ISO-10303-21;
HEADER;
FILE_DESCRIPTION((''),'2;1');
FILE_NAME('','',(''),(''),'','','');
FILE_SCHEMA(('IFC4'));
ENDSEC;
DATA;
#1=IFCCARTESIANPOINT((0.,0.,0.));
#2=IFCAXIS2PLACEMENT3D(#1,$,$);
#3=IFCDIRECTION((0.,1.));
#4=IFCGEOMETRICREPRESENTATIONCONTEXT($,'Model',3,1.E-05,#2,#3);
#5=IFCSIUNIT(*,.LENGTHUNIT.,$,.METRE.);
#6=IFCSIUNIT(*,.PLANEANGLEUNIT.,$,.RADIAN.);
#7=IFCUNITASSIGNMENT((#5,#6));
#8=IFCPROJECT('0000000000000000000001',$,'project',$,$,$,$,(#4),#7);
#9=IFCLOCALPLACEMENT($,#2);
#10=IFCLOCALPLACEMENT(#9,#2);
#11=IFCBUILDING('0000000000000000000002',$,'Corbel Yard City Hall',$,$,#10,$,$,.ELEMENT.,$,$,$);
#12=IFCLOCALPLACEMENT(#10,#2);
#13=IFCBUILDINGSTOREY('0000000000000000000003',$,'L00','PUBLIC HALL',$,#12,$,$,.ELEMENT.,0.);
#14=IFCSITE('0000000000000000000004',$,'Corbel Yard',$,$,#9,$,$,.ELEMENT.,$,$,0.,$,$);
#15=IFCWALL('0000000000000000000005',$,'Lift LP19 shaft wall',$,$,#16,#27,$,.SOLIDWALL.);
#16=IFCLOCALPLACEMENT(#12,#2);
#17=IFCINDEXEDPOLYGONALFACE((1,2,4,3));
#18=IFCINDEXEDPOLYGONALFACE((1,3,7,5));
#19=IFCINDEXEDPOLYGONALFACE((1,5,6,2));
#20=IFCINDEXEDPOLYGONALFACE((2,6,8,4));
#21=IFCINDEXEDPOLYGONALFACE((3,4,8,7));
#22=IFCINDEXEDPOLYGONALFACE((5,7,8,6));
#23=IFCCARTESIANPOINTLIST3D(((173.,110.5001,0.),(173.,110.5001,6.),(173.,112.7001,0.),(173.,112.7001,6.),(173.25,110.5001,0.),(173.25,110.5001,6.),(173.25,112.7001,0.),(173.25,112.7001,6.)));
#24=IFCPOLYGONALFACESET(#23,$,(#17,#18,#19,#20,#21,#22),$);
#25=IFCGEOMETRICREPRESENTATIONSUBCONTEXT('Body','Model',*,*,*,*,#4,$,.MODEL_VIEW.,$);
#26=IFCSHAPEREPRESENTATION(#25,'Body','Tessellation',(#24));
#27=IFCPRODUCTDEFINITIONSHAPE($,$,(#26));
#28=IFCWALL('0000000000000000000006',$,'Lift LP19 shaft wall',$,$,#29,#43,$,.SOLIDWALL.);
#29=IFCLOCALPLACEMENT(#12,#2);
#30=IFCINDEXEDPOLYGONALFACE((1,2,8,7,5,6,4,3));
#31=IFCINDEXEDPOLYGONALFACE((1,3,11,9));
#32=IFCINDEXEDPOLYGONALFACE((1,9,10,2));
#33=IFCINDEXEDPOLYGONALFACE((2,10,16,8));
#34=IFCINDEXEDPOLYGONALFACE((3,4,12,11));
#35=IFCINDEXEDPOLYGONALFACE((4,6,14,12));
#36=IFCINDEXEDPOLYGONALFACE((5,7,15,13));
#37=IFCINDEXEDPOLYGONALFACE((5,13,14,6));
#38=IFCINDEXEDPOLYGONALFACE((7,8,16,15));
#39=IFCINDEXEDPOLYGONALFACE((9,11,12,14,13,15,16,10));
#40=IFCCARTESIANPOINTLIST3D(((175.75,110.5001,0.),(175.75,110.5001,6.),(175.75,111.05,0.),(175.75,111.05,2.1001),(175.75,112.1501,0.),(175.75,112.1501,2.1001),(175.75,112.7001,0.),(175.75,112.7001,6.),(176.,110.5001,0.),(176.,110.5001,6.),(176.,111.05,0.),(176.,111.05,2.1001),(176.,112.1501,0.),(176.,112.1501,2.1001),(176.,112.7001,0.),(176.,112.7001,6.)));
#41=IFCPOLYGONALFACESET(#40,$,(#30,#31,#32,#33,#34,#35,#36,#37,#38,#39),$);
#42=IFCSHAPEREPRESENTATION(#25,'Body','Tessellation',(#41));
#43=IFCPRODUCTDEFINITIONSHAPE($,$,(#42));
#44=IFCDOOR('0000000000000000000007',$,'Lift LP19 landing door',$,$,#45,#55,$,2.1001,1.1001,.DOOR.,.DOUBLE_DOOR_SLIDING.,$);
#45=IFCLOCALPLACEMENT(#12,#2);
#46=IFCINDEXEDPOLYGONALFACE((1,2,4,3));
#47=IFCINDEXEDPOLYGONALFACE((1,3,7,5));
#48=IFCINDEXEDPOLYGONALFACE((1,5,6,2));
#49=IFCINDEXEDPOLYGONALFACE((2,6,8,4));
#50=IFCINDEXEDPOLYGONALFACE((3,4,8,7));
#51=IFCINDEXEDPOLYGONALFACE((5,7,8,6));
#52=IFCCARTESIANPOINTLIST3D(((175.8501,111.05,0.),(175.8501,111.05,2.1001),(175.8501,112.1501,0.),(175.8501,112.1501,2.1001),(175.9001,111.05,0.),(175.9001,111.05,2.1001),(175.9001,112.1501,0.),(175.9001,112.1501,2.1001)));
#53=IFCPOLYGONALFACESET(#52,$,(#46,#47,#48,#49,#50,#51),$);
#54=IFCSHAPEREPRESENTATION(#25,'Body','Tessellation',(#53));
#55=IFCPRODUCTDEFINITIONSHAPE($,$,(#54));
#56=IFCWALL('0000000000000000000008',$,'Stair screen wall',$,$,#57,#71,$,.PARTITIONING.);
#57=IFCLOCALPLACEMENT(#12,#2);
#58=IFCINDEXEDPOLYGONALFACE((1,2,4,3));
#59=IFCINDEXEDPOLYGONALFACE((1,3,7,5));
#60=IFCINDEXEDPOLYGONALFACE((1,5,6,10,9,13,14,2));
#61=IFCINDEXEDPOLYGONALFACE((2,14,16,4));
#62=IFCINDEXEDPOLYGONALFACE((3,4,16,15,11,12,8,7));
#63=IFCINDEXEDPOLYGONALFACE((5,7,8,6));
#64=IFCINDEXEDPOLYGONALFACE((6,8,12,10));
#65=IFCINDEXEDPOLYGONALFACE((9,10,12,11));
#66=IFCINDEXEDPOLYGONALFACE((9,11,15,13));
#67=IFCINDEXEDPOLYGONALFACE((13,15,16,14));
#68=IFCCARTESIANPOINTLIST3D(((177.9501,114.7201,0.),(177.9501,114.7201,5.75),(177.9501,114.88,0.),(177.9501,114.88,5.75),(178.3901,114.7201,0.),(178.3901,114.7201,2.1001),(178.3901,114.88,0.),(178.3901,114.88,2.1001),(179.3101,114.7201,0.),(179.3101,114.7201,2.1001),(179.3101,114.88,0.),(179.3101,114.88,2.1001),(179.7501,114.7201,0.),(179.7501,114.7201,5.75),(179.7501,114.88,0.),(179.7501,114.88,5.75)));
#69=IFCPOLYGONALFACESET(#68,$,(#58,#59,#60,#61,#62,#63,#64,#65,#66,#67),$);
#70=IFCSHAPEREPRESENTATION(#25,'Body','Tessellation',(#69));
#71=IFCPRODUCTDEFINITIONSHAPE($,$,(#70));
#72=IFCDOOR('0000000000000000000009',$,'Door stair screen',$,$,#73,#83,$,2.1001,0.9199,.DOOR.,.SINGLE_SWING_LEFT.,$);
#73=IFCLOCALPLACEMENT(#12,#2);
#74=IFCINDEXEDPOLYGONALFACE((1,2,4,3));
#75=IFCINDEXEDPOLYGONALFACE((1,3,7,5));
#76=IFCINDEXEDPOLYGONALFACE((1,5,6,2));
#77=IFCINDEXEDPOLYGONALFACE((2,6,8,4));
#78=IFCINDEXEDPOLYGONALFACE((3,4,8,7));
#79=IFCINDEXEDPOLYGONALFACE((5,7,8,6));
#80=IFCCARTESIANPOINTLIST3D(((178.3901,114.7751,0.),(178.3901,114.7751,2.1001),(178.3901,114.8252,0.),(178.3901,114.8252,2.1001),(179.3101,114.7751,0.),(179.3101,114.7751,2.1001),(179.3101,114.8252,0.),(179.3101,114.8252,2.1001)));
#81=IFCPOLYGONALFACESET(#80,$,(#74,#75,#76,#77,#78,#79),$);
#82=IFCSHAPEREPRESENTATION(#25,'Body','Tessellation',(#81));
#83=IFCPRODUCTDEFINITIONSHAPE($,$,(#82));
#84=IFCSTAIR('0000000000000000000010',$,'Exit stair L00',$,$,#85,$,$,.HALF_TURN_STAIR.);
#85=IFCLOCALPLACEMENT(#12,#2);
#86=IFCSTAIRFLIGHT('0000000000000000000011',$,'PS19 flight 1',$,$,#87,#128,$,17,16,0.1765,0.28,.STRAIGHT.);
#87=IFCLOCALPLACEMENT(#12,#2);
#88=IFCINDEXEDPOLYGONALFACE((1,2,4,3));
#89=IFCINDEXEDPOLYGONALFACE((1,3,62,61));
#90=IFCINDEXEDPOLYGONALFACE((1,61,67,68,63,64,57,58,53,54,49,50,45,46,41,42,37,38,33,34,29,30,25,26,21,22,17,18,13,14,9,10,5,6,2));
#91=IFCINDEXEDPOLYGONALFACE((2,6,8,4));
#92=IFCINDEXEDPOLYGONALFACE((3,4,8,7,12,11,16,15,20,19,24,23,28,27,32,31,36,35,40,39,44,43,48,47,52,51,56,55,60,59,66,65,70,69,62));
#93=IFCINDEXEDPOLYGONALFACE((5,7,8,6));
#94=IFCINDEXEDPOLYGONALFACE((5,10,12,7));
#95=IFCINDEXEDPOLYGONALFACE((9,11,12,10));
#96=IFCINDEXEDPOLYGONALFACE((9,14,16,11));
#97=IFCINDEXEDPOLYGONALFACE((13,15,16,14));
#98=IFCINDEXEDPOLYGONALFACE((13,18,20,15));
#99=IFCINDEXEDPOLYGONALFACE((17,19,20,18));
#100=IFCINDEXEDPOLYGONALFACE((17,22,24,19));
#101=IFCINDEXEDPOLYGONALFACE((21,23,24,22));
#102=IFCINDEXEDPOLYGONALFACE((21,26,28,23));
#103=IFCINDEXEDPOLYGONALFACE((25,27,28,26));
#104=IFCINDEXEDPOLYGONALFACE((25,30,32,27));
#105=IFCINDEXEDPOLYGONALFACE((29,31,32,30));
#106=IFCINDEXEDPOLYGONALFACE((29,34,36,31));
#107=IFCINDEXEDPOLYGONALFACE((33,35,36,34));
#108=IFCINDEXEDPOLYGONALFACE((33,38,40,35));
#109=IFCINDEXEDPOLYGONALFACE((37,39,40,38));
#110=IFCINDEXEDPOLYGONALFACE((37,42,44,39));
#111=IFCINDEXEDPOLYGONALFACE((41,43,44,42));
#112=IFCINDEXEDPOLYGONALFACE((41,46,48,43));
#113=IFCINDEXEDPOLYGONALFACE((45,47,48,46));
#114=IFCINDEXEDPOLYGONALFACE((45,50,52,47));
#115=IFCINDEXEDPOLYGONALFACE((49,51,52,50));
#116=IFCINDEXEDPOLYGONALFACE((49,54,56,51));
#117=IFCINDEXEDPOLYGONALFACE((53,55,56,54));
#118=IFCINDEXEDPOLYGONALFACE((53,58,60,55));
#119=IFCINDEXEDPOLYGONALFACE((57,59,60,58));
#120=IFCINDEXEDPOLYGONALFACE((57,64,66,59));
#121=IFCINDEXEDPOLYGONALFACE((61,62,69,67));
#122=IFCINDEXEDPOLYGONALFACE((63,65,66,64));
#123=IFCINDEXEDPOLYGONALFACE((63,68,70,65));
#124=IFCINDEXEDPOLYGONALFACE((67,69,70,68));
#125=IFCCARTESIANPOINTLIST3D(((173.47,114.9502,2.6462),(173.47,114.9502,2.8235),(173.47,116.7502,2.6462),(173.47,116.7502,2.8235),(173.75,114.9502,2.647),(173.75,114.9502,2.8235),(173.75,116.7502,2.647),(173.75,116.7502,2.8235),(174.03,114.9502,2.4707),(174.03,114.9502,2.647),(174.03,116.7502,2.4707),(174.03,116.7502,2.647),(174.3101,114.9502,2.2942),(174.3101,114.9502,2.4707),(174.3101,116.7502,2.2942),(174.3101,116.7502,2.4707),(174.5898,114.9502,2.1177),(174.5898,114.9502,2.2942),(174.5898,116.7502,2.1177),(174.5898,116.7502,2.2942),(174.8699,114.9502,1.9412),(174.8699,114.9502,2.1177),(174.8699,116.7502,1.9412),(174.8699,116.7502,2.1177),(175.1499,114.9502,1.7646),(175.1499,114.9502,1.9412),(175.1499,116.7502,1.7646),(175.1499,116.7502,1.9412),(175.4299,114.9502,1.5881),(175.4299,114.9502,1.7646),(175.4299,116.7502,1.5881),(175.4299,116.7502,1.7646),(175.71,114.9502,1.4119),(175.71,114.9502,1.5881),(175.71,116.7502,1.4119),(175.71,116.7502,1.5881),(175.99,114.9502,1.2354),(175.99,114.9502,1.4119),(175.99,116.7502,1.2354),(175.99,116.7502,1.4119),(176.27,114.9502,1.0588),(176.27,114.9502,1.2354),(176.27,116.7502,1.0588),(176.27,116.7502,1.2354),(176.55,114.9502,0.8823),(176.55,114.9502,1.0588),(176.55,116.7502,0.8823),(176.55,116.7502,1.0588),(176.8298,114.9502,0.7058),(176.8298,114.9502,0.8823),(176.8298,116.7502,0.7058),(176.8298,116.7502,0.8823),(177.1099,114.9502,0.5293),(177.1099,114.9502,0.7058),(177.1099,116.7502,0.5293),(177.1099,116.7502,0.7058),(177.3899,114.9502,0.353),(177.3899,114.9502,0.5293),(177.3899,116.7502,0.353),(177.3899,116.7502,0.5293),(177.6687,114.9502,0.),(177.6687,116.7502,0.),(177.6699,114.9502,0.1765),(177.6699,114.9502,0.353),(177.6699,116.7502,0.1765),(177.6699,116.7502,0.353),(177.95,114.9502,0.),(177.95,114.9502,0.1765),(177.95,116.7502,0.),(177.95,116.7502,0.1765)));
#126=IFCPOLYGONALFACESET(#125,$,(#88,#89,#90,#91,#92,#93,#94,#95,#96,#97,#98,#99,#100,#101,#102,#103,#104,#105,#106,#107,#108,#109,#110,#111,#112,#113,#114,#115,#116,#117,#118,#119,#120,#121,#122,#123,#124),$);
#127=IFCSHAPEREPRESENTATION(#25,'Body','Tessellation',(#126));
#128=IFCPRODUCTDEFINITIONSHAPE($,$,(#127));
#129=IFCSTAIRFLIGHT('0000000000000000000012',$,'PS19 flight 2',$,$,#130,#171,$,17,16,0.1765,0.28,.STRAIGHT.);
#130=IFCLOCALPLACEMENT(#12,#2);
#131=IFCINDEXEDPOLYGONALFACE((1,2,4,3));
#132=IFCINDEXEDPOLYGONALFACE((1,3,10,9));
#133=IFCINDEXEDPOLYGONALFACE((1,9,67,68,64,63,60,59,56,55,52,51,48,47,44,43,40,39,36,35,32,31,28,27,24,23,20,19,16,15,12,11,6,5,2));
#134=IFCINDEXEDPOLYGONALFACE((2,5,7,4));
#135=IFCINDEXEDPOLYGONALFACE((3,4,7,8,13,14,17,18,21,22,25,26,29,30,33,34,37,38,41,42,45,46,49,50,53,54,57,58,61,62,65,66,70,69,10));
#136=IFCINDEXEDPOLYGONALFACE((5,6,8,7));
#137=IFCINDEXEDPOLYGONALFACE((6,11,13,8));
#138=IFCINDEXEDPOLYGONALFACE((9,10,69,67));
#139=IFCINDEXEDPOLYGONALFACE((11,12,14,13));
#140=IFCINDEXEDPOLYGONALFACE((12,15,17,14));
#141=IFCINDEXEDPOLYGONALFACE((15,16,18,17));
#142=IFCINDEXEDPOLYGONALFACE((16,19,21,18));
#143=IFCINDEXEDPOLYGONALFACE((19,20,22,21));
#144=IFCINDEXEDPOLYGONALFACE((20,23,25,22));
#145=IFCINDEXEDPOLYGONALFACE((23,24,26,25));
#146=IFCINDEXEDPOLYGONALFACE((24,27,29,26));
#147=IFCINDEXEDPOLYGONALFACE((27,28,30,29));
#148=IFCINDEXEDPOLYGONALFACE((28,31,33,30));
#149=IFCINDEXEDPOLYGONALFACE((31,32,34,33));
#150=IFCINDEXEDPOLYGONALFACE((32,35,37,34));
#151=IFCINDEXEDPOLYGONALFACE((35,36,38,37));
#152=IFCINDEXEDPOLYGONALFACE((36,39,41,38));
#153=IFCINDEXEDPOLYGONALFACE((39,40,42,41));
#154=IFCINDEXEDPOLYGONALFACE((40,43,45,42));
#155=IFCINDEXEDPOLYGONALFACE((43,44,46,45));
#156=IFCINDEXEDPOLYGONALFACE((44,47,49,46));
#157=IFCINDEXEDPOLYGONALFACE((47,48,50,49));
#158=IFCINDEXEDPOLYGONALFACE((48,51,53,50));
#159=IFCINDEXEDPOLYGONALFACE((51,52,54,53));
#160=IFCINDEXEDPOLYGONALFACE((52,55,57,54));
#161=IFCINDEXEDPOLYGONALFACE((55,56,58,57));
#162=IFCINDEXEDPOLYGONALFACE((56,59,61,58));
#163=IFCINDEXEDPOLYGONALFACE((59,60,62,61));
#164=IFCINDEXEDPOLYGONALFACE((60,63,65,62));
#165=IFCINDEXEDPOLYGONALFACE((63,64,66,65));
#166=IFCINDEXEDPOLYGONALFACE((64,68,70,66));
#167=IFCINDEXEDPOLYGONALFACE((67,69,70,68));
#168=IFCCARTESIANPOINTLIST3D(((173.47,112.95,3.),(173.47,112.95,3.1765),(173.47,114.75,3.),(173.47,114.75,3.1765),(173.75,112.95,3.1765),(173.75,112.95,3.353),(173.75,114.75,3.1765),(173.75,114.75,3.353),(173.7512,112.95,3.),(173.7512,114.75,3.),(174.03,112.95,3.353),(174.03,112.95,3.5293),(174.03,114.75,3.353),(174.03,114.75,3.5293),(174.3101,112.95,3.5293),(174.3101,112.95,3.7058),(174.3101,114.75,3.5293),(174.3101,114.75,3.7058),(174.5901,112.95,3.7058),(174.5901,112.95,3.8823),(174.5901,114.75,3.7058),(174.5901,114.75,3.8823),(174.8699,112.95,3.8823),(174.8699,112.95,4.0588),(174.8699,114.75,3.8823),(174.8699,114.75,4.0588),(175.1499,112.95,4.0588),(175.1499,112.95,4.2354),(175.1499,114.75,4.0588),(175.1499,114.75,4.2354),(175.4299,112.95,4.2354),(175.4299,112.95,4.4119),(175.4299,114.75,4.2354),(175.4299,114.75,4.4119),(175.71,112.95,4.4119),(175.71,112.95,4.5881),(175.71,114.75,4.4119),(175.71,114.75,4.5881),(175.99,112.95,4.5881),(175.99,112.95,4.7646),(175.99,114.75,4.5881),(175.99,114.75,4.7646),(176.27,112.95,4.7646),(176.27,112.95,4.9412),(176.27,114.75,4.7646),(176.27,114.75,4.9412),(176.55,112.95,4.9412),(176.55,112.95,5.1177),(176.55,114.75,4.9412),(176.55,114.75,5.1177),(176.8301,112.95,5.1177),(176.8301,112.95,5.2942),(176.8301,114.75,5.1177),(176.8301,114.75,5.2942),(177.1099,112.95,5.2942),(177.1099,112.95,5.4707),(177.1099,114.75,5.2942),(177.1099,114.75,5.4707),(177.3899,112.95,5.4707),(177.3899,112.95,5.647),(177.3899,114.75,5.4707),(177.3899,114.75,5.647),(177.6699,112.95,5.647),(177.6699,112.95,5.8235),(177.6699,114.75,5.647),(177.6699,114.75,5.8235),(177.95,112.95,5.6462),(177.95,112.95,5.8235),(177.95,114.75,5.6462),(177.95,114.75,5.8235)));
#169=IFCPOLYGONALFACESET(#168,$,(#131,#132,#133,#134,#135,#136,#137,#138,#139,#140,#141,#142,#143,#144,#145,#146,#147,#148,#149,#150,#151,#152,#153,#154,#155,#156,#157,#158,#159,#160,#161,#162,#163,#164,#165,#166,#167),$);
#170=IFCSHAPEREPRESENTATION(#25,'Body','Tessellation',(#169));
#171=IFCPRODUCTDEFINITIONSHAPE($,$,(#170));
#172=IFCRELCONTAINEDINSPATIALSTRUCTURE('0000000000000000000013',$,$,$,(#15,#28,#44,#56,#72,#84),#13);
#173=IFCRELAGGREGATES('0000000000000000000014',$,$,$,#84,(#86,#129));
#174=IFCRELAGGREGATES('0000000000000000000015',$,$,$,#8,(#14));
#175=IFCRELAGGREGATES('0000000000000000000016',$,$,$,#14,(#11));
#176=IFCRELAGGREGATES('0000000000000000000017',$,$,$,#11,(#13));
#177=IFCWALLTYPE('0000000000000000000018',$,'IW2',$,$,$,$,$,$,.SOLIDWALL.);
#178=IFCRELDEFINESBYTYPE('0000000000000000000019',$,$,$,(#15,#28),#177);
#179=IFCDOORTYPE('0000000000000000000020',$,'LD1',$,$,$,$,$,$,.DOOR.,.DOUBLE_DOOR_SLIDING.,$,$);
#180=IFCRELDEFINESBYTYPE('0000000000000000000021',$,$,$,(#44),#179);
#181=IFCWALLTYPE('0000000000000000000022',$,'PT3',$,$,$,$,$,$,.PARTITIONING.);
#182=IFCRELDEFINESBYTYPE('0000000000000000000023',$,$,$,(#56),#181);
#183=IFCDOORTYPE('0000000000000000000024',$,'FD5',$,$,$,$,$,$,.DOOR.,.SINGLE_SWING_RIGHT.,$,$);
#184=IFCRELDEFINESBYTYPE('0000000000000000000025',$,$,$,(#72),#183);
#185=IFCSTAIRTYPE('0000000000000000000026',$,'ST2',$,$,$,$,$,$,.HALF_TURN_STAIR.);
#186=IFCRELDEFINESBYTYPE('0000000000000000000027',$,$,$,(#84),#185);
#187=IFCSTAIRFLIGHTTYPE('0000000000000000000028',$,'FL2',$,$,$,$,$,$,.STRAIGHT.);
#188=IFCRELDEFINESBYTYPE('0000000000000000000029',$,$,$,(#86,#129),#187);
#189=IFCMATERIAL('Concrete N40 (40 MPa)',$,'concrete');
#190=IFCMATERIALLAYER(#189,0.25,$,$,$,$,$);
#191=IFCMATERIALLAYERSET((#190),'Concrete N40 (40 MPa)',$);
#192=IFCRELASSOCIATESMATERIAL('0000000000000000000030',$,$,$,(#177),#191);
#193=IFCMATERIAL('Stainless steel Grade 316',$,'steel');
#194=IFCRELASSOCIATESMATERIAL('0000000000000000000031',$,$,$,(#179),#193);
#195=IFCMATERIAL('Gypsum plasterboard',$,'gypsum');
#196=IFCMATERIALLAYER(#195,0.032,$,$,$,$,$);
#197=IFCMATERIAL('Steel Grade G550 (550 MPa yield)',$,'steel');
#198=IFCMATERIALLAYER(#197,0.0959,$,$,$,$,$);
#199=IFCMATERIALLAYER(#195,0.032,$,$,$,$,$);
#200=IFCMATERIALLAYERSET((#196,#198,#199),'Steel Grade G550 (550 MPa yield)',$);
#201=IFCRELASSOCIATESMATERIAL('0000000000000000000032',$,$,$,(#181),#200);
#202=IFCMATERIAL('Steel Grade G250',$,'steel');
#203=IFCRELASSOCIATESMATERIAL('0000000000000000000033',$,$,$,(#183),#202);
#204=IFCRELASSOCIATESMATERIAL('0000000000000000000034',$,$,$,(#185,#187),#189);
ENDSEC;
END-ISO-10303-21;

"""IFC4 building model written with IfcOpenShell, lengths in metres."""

from ifc_helpers import new_model, si_unit, direction, frame, frame_2d, origin, place, context, subcontext, project, spatial, polyline, rectangle, outline, extrude, material, layer, layer_set, type_object, element, fill, aggregate, save


model = new_model("IFC4")

# Units and contexts
model_context = context("Model", 3, precision=1e-05, world=origin(), true_north=direction((0.0, 1.0)))
body_context = subcontext(model_context, "Body", "Model", "MODEL_VIEW")
ifc_project = project(units=[si_unit("LENGTHUNIT", "METRE"), si_unit("PLANEANGLEUNIT", "RADIAN")], contexts=[model_context])

# Site, building, storey
site_placement = place(None, origin())
site = spatial("IfcSite", under=ifc_project, at=site_placement, Name="Corbel Yard", CompositionType="ELEMENT", RefElevation=0.0)
building_placement = place(site_placement, origin())
building = spatial("IfcBuilding", under=site, at=building_placement, Name="Corbel Yard City Hall", CompositionType="ELEMENT")
storey_placement = place(building_placement, origin())
storey = spatial("IfcBuildingStorey", under=building, at=storey_placement, Name="L00", Description="PUBLIC HALL", CompositionType="ELEMENT", Elevation=0.0)

# Shared definitions
ifc_material_1 = material(Name="Concrete N40 (40 MPa)", Category="concrete")
ifc_layer_1 = layer(ifc_material_1, 0.25)
ifc_layer_set_1 = layer_set([ifc_layer_1], Name="Concrete N40 (40 MPa)")
wall_type_1 = type_object("IfcWallType", Name="IW2", PredefinedType="SOLIDWALL", material=ifc_layer_set_1)
ifc_material_2 = material(Name="Steel Grade G250", Category="steel")

# Wall
wall_1_placement = place(storey_placement, frame((173.125, 110.5, 0.0), z_axis=(0.0, 0.0, 1.0), x_axis=(0.0, 1.0, 0.0)))
element("IfcWall", 1, at=wall_1_placement, inside=storey, type_object=wall_type_1, Name="Lift LP19 shaft wall", PredefinedType="SOLIDWALL", context=body_context, shape_type="SweptSolid", body=[
    extrude(rectangle(XDim=2.2, YDim=0.25, at=frame_2d((1.1001, 0.0))), origin(), (0.0, 0.0, 1.0), 6.0),
])

# Walls, openings, doors
wall_2_placement = place(storey_placement, frame((175.875, 110.5, 0.0), z_axis=(0.0, 0.0, 1.0), x_axis=(0.0, 1.0, 0.0)))
wall_2 = element("IfcWall", 2, at=wall_2_placement, inside=storey, type_object=wall_type_1, Name="Lift LP19 shaft wall", PredefinedType="SOLIDWALL", context=body_context, shape_type="SweptSolid", body=[
    extrude(rectangle(XDim=2.2, YDim=0.25, at=frame_2d((1.1001, 0.0))), origin(), (0.0, 0.0, 1.0), 6.0),
])
opening_1_placement = place(wall_2_placement, frame((0.55, 0.0, 0.0)))
opening_1 = element("IfcOpeningElement", 3, at=opening_1_placement, cuts=wall_2, PredefinedType="OPENING", context=body_context, shape_type="SweptSolid", body=[
    extrude(rectangle(XDim=1.1001, YDim=2.1001, at=frame_2d((0.55, 1.05))), frame((0.0, 0.135, 0.0), z_axis=(0.0, -1.0, 0.0), x_axis=(1.0, 0.0, 0.0)), (0.0, 0.0, 1.0), 0.27),
])
ifc_material_3 = material(Name="Stainless steel Grade 316", Category="steel")
door_type_1 = type_object("IfcDoorType", Name="LD1", OperationType="DOUBLE_DOOR_SLIDING", PredefinedType="DOOR", material=ifc_material_3)
door_1_placement = place(opening_1_placement, origin())
door_1 = element("IfcDoor", 4, at=door_1_placement, inside=storey, type_object=door_type_1, Name="Lift LP19 landing door", OperationType="DOUBLE_DOOR_SLIDING", OverallHeight=2.1001, OverallWidth=1.1001, PredefinedType="DOOR", context=body_context, shape_type="SweptSolid", body=[
    extrude(rectangle(XDim=1.1001, YDim=2.1001, at=frame_2d((0.55, 1.05))), frame((0.0, 0.0249, 0.0), z_axis=(0.0, -1.0, 0.0), x_axis=(1.0, 0.0, 0.0)), (0.0, 0.0, 1.0), 0.05),
])
fill(opening_1, door_1)
ifc_material_4 = material(Name="Gypsum plasterboard", Category="gypsum")
ifc_layer_2 = layer(ifc_material_4, 0.032)
ifc_material_5 = material(Name="Steel Grade G550 (550 MPa yield)", Category="steel")
ifc_layer_3 = layer(ifc_material_5, 0.0959)
ifc_layer_4 = layer(ifc_material_4, 0.032)
ifc_layer_set_2 = layer_set([ifc_layer_2, ifc_layer_3, ifc_layer_4], Name="Steel Grade G550 (550 MPa yield)")
wall_type_2 = type_object("IfcWallType", Name="PT3", PredefinedType="PARTITIONING", material=ifc_layer_set_2)
wall_3_placement = place(storey_placement, frame((179.75, 114.8, 0.0), z_axis=(0.0, 0.0, 1.0), x_axis=(-1.0, 0.0, 0.0)))
wall_3 = element("IfcWall", 5, at=wall_3_placement, inside=storey, type_object=wall_type_2, Name="Stair screen wall", PredefinedType="PARTITIONING", context=body_context, shape_type="SweptSolid", body=[
    extrude(rectangle(XDim=1.8, YDim=0.1599, at=frame_2d((0.8999, 0.0))), origin(), (0.0, 0.0, 1.0), 5.75),
])
opening_2_placement = place(wall_3_placement, frame((0.4399, 0.0, 0.0)))
opening_2 = element("IfcOpeningElement", 6, at=opening_2_placement, cuts=wall_3, PredefinedType="OPENING", context=body_context, shape_type="SweptSolid", body=[
    extrude(rectangle(XDim=0.9199, YDim=2.1001, at=frame_2d((0.46, 1.05))), frame((0.0, 0.0898, 0.0), z_axis=(0.0, -1.0, 0.0), x_axis=(1.0, 0.0, 0.0)), (0.0, 0.0, 1.0), 0.1799),
])
door_type_2 = type_object("IfcDoorType", Name="FD5", OperationType="SINGLE_SWING_RIGHT", PredefinedType="DOOR", material=ifc_material_2)
door_2_placement = place(opening_2_placement, origin())
door_2 = element("IfcDoor", 7, at=door_2_placement, inside=storey, type_object=door_type_2, Name="Door stair screen", OperationType="SINGLE_SWING_LEFT", OverallHeight=2.1001, OverallWidth=0.9199, PredefinedType="DOOR", context=body_context, shape_type="SweptSolid", body=[
    extrude(rectangle(XDim=0.9199, YDim=2.1001, at=frame_2d((0.46, 1.05))), frame((0.0, 0.0249, 0.0), z_axis=(0.0, -1.0, 0.0), x_axis=(1.0, 0.0, 0.0)), (0.0, 0.0, 1.0), 0.05),
])
fill(opening_2, door_2)

# Stair, stair flights
stair_type = type_object("IfcStairType", Name="ST2", PredefinedType="HALF_TURN_STAIR", material=ifc_material_1)
stair_placement = place(storey_placement, origin())
stair = element("IfcStair", 8, at=stair_placement, inside=storey, type_object=stair_type, Name="Exit stair L00", PredefinedType="HALF_TURN_STAIR")
stair_flight_type = type_object("IfcStairFlightType", Name="FL2", PredefinedType="STRAIGHT", material=ifc_material_1)
stair_flight_1_placement = place(storey_placement, frame((177.95, 115.8501, 0.0), z_axis=(0.0, 0.0, 1.0), x_axis=(-1.0, 0.0, 0.0)))
stair_flight_1 = element("IfcStairFlight", 9, at=stair_flight_1_placement, type_object=stair_flight_type, Name="PS19 flight 1", NumberOfRisers=17, NumberOfTreads=16, PredefinedType="STRAIGHT", RiserHeight=0.1765, TreadLength=0.28, context=body_context, shape_type="SweptSolid", body=[
    extrude(outline(polyline([(0.0, 0.0), (0.0, 0.1765), (0.28, 0.1765), (0.28, 0.353), (0.5601, 0.353), (0.5601, 0.5293), (0.8401, 0.5293), (0.8401, 0.7058), (1.1201, 0.7058), (1.1201, 0.8823), (1.3999, 0.8823), (1.3999, 1.0588), (1.6799, 1.0588), (1.6799, 1.2354), (1.96, 1.2354), (1.96, 1.4119), (2.24, 1.4119), (2.24, 1.5881), (2.52, 1.5881), (2.52, 1.7646), (2.8, 1.7646), (2.8, 1.9412), (3.0801, 1.9412), (3.0801, 2.1177), (3.3601, 2.1177), (3.3601, 2.2942), (3.6399, 2.2942), (3.6399, 2.4707), (3.9199, 2.4707), (3.9199, 2.647), (4.2, 2.647), (4.2, 2.8235), (4.48, 2.8235), (4.48, 3.0), (4.48, 2.6462), (0.2812, 0.0), (0.0, 0.0)])), frame((0.0, 0.8999, 0.0), z_axis=(0.0, -1.0, 0.0), x_axis=(1.0, 0.0, 0.0)), (0.0, 0.0, 1.0), 1.8),
])
stair_flight_2_placement = place(storey_placement, frame((173.47, 113.8501, 3.0), z_axis=(0.0, 0.0, 1.0), x_axis=(1.0, 0.0, 0.0)))
stair_flight_2 = element("IfcStairFlight", 10, at=stair_flight_2_placement, type_object=stair_flight_type, Name="PS19 flight 2", NumberOfRisers=17, NumberOfTreads=16, PredefinedType="STRAIGHT", RiserHeight=0.1765, TreadLength=0.28, context=body_context, shape_type="SweptSolid", body=[
    extrude(outline(polyline([(0.0, 0.0), (0.0, 0.1765), (0.28, 0.1765), (0.28, 0.353), (0.5601, 0.353), (0.5601, 0.5293), (0.8401, 0.5293), (0.8401, 0.7058), (1.1201, 0.7058), (1.1201, 0.8823), (1.3999, 0.8823), (1.3999, 1.0588), (1.6799, 1.0588), (1.6799, 1.2354), (1.96, 1.2354), (1.96, 1.4119), (2.24, 1.4119), (2.24, 1.5881), (2.52, 1.5881), (2.52, 1.7646), (2.8, 1.7646), (2.8, 1.9412), (3.0801, 1.9412), (3.0801, 2.1177), (3.3601, 2.1177), (3.3601, 2.2942), (3.6399, 2.2942), (3.6399, 2.4707), (3.9199, 2.4707), (3.9199, 2.647), (4.2, 2.647), (4.2, 2.8235), (4.48, 2.8235), (4.48, 3.0), (4.48, 2.6462), (0.2812, 0.0), (0.0, 0.0)])), frame((0.0, 0.8999, 0.0), z_axis=(0.0, -1.0, 0.0), x_axis=(1.0, 0.0, 0.0)), (0.0, 0.0, 1.0), 1.8),
])
aggregate(stair, [stair_flight_1, stair_flight_2])

save(model, "model.ifc")
